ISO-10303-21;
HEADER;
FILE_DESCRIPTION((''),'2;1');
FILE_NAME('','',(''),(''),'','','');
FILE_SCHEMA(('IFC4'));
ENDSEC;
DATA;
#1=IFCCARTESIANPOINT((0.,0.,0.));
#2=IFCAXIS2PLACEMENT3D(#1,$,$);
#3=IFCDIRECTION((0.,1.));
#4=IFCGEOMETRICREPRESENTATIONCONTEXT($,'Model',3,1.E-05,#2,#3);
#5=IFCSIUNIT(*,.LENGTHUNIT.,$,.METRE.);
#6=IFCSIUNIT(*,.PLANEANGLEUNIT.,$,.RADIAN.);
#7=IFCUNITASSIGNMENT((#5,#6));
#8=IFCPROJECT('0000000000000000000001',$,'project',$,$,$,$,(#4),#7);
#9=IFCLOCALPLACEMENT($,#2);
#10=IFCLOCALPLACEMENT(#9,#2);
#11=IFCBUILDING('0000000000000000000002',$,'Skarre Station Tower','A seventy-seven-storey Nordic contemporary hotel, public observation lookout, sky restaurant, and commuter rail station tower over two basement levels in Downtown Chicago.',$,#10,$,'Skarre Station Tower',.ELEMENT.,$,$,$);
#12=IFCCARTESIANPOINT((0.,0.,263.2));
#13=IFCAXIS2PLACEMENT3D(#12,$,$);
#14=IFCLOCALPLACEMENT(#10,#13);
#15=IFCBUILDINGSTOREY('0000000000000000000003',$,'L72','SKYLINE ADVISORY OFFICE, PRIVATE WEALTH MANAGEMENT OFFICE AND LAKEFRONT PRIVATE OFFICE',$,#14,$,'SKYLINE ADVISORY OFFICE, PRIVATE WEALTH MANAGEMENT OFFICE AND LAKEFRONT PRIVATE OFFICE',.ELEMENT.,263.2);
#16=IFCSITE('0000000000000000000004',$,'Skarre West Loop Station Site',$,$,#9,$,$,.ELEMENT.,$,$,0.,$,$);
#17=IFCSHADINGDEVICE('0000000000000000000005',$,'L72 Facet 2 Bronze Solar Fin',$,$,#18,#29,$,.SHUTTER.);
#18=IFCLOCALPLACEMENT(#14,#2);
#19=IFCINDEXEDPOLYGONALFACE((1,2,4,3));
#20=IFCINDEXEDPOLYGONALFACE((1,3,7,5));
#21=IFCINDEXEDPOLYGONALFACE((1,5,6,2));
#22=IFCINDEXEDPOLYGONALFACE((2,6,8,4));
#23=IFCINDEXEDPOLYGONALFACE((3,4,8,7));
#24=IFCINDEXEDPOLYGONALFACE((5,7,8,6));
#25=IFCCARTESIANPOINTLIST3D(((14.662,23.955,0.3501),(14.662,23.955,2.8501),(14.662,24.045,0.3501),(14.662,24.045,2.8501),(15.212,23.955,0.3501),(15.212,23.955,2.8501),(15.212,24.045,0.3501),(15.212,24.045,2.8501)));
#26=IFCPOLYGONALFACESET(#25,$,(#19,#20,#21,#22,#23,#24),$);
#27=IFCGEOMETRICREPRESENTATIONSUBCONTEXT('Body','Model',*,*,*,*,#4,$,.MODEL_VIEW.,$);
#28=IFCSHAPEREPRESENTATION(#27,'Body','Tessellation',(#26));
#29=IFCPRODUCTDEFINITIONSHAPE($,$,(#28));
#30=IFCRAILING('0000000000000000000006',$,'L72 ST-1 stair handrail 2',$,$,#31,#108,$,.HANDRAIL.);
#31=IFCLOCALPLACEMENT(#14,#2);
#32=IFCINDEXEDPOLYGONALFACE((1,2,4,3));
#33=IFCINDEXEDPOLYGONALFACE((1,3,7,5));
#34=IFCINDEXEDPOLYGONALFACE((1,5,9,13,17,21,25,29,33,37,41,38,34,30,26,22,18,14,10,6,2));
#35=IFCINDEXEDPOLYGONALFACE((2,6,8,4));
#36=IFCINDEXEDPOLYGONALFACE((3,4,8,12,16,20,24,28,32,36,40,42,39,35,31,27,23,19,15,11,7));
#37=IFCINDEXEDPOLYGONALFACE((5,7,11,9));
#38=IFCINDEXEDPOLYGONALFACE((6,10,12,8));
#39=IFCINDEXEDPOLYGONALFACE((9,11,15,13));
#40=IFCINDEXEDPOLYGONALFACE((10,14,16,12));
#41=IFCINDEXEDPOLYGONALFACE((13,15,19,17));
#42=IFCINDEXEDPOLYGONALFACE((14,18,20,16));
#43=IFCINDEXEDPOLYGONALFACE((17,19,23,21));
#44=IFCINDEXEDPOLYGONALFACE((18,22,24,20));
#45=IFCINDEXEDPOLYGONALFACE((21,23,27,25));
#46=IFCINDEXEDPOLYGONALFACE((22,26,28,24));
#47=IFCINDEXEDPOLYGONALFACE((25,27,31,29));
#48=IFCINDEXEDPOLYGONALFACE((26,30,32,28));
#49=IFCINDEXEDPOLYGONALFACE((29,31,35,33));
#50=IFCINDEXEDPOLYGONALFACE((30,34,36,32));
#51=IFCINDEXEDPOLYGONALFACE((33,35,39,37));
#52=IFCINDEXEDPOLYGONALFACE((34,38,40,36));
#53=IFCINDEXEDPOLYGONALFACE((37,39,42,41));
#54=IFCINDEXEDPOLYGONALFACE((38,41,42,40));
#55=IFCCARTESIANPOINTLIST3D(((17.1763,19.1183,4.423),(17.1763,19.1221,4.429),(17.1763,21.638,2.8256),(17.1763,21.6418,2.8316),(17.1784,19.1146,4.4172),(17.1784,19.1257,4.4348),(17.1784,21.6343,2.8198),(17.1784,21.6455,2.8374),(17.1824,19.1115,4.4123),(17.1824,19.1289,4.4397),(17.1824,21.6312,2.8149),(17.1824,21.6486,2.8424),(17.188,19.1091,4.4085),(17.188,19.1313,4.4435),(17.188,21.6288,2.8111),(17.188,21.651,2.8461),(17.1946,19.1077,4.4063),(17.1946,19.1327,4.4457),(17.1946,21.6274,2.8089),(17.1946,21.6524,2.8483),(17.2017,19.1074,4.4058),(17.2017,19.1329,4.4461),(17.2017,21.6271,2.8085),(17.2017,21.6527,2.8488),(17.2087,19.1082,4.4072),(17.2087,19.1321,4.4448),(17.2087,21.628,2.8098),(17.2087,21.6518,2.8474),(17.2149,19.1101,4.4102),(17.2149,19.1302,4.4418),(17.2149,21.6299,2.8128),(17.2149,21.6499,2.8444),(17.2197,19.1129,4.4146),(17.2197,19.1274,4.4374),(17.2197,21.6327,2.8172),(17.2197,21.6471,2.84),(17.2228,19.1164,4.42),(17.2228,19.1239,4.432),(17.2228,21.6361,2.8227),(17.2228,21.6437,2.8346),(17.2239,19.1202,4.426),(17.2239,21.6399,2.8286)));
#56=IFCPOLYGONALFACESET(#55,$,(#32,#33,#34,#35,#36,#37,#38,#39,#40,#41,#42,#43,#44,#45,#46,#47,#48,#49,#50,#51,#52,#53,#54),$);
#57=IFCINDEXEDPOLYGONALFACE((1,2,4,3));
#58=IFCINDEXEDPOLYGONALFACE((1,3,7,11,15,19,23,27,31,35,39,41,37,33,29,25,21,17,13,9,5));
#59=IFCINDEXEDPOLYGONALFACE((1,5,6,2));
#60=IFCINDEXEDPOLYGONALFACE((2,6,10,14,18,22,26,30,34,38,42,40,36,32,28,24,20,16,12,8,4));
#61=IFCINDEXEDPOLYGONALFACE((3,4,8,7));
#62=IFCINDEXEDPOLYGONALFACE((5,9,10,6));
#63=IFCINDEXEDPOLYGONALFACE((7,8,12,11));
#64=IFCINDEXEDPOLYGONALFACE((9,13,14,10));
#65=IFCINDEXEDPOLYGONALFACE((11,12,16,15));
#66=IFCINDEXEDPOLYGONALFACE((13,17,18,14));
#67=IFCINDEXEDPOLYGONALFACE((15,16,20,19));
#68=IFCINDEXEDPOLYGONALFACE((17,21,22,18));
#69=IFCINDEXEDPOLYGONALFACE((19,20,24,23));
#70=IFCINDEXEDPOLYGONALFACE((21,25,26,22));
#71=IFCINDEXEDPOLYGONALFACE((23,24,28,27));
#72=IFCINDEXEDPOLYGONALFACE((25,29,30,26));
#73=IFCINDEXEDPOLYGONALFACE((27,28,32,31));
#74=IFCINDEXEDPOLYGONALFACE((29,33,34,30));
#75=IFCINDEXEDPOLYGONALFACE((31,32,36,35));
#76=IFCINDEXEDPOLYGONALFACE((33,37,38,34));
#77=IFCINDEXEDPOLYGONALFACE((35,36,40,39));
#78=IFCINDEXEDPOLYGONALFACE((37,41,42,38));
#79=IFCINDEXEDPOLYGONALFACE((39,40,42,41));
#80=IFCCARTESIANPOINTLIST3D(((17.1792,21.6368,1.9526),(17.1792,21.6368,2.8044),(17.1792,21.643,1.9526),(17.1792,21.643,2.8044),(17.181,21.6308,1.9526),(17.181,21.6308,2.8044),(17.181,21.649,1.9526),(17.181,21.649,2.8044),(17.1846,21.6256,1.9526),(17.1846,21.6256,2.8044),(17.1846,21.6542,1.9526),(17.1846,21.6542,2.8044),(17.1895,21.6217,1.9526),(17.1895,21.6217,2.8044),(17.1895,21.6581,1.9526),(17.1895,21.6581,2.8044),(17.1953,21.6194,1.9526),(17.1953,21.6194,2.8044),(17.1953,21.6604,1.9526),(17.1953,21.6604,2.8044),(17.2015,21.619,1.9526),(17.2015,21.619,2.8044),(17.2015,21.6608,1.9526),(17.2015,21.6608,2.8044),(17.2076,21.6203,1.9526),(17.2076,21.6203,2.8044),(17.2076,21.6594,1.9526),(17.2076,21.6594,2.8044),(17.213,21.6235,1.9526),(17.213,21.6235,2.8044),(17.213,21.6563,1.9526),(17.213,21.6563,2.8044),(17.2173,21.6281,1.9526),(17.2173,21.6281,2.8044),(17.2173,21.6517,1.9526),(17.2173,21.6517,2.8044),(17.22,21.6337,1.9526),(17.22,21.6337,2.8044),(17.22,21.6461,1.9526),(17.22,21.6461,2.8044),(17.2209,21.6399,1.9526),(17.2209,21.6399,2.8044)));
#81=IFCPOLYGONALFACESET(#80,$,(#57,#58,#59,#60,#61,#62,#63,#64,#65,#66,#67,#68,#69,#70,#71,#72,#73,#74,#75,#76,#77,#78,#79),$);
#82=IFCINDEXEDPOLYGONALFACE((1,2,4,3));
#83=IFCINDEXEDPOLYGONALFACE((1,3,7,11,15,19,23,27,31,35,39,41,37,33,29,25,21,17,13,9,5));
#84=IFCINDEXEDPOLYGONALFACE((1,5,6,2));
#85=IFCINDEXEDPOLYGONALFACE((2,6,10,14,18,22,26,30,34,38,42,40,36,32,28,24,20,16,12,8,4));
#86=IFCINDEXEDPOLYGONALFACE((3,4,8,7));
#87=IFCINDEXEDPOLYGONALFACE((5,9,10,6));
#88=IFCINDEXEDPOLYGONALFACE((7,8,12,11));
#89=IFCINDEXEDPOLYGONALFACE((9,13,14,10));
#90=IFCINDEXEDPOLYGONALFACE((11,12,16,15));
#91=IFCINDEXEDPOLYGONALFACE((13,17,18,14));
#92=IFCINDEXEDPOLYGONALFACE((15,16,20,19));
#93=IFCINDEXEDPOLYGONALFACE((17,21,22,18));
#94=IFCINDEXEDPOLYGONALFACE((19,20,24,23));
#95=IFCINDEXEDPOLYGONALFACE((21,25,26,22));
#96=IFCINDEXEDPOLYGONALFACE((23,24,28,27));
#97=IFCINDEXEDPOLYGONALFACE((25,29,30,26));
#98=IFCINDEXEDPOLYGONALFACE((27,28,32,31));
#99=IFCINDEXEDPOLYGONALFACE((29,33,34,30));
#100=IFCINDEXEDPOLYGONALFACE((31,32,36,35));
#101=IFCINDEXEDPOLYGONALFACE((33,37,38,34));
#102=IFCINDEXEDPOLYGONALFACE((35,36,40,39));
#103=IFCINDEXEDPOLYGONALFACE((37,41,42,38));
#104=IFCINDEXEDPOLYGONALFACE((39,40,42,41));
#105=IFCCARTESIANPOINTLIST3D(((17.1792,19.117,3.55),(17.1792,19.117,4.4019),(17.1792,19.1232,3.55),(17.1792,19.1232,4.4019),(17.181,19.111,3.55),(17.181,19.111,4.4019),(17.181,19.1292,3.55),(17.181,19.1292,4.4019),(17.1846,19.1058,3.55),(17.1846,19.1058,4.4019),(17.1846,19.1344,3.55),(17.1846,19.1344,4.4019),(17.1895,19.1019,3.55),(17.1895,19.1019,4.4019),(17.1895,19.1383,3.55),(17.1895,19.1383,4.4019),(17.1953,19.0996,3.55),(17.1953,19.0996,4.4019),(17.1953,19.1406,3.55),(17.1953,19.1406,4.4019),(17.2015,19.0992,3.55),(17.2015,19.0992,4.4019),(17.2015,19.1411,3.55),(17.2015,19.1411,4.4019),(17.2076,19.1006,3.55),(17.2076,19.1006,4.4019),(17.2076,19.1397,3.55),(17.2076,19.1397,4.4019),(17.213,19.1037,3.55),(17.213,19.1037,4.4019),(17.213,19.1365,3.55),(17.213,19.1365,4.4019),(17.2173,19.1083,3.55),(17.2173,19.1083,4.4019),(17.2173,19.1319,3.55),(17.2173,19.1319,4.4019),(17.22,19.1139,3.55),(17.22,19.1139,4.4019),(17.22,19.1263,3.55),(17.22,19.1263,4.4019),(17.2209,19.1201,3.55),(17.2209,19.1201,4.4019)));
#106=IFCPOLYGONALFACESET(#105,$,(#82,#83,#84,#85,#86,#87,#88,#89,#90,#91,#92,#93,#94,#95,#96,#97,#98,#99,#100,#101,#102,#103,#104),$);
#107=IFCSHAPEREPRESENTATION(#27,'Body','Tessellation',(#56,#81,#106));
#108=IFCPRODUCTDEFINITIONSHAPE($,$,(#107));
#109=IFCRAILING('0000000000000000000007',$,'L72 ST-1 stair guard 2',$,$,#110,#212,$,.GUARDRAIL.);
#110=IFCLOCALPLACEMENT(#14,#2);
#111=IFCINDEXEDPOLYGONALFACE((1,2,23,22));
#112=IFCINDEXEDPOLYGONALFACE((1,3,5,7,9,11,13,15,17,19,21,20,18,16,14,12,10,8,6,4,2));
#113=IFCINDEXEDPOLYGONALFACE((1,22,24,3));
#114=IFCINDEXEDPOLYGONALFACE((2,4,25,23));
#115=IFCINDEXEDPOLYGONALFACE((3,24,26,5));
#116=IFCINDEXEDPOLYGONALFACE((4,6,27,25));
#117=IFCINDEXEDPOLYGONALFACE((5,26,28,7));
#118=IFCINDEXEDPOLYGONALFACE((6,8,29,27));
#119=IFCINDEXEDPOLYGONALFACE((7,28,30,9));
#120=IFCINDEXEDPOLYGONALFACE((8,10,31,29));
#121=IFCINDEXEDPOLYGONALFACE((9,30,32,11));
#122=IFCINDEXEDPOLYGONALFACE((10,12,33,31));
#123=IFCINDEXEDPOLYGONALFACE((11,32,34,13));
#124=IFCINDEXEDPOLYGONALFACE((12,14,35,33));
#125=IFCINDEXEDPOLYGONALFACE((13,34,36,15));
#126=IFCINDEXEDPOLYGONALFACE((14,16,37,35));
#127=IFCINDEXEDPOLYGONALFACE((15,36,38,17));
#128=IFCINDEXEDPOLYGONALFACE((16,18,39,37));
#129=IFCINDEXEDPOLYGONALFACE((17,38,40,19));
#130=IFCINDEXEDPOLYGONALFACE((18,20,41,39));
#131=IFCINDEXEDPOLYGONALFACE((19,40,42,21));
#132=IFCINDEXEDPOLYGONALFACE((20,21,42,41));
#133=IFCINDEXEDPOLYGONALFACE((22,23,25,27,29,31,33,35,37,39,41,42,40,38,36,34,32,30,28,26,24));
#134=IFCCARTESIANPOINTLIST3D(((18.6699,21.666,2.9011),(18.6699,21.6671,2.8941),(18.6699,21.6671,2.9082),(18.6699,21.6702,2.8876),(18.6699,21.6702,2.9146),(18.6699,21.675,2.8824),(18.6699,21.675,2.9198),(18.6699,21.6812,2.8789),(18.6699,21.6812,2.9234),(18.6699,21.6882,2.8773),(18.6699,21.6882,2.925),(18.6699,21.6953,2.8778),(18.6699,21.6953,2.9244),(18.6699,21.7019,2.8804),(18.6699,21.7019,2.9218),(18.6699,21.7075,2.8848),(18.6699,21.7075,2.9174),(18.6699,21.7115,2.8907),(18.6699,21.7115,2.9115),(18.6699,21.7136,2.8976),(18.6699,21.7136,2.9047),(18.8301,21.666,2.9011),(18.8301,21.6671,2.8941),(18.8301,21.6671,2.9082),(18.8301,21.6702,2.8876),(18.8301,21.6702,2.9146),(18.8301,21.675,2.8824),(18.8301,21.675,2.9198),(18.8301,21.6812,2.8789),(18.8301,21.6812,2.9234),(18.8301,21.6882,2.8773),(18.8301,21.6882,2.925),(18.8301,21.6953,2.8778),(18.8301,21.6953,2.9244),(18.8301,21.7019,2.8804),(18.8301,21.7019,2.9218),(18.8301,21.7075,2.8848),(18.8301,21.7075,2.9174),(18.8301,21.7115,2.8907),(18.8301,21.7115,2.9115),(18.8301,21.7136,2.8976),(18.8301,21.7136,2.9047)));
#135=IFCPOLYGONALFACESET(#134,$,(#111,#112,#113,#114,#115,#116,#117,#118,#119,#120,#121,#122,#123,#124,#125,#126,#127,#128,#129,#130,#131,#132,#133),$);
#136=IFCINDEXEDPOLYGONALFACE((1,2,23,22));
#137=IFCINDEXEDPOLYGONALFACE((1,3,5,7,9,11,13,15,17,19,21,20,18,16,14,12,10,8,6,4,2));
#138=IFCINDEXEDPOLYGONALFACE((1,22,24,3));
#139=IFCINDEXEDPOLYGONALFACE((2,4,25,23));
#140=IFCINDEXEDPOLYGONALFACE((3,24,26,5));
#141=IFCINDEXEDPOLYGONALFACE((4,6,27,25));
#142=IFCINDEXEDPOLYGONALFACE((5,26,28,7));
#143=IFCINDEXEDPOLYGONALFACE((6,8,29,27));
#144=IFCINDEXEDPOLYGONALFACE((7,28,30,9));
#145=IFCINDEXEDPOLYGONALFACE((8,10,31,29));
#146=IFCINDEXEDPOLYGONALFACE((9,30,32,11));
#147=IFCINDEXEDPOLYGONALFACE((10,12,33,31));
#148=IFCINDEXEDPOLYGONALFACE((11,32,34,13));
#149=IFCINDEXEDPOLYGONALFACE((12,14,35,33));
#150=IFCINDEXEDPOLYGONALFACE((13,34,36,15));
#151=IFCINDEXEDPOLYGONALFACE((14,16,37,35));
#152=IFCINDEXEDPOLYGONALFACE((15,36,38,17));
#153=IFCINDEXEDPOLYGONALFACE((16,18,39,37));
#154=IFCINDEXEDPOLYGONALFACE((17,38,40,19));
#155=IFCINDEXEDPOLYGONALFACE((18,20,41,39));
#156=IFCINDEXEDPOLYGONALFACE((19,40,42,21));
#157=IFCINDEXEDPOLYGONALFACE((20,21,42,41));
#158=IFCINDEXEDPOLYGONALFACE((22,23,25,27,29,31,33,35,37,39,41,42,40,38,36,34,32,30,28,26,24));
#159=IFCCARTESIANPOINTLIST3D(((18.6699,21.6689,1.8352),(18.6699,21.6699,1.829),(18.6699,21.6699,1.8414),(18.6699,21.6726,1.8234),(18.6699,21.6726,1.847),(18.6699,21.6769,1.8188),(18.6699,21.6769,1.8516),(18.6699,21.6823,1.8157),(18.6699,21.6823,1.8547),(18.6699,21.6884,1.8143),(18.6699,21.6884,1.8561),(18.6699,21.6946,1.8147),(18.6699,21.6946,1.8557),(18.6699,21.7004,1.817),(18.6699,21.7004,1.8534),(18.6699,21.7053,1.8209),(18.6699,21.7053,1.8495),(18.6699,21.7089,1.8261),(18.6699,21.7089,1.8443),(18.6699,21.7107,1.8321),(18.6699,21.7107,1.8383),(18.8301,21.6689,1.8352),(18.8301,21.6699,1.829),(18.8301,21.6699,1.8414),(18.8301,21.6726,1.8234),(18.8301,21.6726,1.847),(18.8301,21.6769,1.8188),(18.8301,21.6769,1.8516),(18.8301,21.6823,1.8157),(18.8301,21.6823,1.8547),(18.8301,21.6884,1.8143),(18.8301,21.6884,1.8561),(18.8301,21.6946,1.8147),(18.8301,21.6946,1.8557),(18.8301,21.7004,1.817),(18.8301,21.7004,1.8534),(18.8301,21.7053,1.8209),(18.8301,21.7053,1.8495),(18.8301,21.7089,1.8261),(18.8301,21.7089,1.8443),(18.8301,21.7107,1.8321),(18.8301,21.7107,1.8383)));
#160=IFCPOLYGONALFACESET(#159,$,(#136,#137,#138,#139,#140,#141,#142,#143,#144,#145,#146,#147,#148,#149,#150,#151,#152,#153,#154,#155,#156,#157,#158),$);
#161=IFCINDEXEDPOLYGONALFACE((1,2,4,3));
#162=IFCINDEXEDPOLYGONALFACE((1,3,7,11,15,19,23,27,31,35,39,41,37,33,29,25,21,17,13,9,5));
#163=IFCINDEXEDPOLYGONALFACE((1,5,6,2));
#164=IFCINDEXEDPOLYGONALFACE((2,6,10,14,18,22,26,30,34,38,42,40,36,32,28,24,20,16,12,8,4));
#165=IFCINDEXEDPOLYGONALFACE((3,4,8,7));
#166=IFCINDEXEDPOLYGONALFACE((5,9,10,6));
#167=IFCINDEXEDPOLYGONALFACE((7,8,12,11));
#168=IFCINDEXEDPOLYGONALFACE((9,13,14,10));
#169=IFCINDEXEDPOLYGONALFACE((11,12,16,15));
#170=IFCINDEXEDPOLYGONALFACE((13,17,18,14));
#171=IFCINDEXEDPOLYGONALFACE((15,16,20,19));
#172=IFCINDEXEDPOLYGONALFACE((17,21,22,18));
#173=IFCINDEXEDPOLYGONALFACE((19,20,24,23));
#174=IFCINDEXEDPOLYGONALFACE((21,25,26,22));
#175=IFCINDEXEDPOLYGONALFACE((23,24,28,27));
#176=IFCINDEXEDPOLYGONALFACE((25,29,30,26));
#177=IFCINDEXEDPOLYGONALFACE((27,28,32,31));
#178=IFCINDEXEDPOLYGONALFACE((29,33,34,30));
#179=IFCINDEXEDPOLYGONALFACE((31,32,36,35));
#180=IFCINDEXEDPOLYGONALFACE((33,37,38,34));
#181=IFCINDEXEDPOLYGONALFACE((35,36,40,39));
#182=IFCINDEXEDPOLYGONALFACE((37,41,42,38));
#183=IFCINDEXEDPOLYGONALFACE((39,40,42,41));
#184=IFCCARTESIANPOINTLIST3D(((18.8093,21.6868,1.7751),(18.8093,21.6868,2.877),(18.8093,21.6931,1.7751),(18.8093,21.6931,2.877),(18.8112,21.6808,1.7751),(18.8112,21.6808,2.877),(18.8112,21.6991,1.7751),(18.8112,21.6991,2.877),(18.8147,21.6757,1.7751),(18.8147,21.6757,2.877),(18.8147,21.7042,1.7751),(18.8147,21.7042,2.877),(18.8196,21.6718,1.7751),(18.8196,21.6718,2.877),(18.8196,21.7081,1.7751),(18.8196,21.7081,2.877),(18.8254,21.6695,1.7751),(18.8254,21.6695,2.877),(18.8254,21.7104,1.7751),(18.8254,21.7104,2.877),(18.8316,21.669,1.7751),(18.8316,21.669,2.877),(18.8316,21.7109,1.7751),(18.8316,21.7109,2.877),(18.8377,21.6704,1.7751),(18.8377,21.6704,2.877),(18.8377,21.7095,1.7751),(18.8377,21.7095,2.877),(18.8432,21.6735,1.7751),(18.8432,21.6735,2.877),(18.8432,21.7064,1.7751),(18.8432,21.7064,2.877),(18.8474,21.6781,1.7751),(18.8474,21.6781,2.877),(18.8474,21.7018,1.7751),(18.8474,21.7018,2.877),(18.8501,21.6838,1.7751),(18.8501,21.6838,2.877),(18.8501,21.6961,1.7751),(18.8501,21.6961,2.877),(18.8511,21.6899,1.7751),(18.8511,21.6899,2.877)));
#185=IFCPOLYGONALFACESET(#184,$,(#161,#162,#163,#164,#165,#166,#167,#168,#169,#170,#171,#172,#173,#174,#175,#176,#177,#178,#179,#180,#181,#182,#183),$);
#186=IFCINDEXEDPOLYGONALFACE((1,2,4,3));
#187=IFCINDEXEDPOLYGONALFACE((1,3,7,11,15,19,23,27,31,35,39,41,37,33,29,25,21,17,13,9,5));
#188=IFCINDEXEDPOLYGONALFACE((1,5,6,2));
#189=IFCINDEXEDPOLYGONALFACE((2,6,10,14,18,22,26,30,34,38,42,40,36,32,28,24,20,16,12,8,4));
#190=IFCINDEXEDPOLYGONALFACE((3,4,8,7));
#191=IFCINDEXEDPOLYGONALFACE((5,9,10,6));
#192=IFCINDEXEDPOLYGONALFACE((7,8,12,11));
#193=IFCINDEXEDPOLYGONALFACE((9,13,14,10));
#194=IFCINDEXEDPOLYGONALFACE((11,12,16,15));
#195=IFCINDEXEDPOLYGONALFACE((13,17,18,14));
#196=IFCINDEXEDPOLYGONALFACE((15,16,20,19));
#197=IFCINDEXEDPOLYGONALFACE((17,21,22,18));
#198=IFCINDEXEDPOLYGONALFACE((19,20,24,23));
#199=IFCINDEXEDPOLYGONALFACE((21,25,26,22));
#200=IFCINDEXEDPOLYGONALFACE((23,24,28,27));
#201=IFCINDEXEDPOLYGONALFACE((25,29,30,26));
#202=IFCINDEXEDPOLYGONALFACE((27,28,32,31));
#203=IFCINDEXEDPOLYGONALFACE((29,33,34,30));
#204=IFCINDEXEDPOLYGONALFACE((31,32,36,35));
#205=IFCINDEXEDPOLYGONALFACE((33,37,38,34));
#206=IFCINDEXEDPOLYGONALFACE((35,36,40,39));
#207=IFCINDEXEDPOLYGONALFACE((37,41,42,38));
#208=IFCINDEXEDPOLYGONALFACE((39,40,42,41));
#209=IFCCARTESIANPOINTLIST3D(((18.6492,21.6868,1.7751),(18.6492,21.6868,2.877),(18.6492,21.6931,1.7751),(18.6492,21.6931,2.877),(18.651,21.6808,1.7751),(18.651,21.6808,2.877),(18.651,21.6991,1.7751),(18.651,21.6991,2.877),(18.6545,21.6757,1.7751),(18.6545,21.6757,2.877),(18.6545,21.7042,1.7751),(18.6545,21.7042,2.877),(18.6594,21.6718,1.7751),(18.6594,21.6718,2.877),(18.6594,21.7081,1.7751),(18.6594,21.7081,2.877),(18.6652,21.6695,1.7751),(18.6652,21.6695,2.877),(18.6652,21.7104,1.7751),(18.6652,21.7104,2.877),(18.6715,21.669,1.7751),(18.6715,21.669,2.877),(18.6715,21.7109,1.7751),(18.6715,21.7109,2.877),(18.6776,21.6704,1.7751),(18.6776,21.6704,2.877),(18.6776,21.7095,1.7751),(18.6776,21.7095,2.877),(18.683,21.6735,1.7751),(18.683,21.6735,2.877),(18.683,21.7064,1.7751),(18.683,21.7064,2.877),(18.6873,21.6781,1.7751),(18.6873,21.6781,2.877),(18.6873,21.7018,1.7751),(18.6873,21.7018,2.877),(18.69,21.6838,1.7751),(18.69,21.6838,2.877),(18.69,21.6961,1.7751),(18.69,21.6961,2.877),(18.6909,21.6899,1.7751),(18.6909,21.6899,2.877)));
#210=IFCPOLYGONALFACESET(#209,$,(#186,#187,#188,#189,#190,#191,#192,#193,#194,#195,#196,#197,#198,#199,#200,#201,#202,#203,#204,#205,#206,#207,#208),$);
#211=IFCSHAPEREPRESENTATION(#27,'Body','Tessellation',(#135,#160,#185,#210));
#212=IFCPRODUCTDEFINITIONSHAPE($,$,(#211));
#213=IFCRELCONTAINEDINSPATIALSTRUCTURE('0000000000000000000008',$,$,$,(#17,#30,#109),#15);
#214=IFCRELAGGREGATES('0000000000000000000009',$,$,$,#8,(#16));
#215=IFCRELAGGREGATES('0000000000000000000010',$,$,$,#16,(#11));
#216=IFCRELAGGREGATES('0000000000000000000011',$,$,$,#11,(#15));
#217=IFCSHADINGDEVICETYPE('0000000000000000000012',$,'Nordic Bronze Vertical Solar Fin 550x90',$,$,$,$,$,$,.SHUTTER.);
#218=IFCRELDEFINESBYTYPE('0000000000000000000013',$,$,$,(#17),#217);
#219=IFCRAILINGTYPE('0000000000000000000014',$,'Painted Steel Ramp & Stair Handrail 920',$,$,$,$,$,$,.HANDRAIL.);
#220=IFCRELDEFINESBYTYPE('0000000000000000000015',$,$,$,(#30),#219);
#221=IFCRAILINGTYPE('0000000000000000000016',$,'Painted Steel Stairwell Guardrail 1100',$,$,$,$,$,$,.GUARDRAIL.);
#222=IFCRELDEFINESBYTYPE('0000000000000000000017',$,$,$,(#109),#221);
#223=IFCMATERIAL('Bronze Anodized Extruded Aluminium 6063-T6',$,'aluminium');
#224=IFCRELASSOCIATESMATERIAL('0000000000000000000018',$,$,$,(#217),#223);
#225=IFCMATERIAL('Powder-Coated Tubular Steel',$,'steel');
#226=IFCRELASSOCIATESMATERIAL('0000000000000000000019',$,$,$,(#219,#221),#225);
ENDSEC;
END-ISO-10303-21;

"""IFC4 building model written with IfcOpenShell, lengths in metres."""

from ifc_helpers import new_model, si_unit, direction, frame, origin, origin_2d, place, context, subcontext, project, spatial, rectangle, circle, extrude, material, type_object, element, save


model = new_model("IFC4")

# Units and contexts
model_context = context("Model", 3, precision=1e-05, world=origin(), true_north=direction((0.0, 1.0)))
body_context = subcontext(model_context, "Body", "Model", "MODEL_VIEW")
ifc_project = project(units=[si_unit("LENGTHUNIT", "METRE"), si_unit("PLANEANGLEUNIT", "RADIAN")], contexts=[model_context])

# Site, building, storey
site_placement = place(None, origin())
site = spatial("IfcSite", under=ifc_project, at=site_placement, Name="Skarre West Loop Station Site", CompositionType="ELEMENT", RefElevation=0.0)
building_placement = place(site_placement, origin())
building = spatial("IfcBuilding", under=site, at=building_placement, Name="Skarre Station Tower", Description="A seventy-seven-storey Nordic contemporary hotel, public observation lookout, sky restaurant, and commuter rail station tower over two basement levels in Downtown Chicago.", LongName="Skarre Station Tower", CompositionType="ELEMENT")
storey_placement = place(building_placement, frame((0.0, 0.0, 263.2)))
storey = spatial("IfcBuildingStorey", under=building, at=storey_placement, Name="L72", Description="SKYLINE ADVISORY OFFICE, PRIVATE WEALTH MANAGEMENT OFFICE AND LAKEFRONT PRIVATE OFFICE", LongName="SKYLINE ADVISORY OFFICE, PRIVATE WEALTH MANAGEMENT OFFICE AND LAKEFRONT PRIVATE OFFICE", CompositionType="ELEMENT", Elevation=263.2)

# Shading device
ifc_material_1 = material(Name="Bronze Anodized Extruded Aluminium 6063-T6", Category="aluminium")
shading_device_type = type_object("IfcShadingDeviceType", Name="Nordic Bronze Vertical Solar Fin 550x90", PredefinedType="SHUTTER", material=ifc_material_1)
shading_device_placement = place(storey_placement, frame((14.937, 24.0, 0.3501), z_axis=(0.0, 0.0, 1.0), x_axis=(-1.0, 0.0, 0.0)))
element("IfcShadingDevice", 1, at=shading_device_placement, inside=storey, type_object=shading_device_type, Name="L72 Facet 2 Bronze Solar Fin", PredefinedType="SHUTTER", context=body_context, shape_type="SweptSolid", body=[
    extrude(rectangle(XDim=0.55, YDim=0.0901, at=origin_2d()), origin(), (0.0, 0.0, 1.0), 2.5),
])

# Railings
ifc_material_2 = material(Name="Powder-Coated Tubular Steel", Category="steel")
railing_type_1 = type_object("IfcRailingType", Name="Painted Steel Ramp & Stair Handrail 920", PredefinedType="HANDRAIL", material=ifc_material_2)
railing_1_placement = place(storey_placement, frame((17.2, 21.6399, 1.9526)))
element("IfcRailing", 2, at=railing_1_placement, inside=storey, type_object=railing_type_1, Name="L72 ST-1 stair handrail 2", PredefinedType="HANDRAIL", context=body_context, shape_type="SweptSolid", body=[
    extrude(circle(Radius=0.0239, at=origin_2d()), frame((0.0, 0.0, 0.876), z_axis=(0.0, -0.844583, 0.535424), x_axis=(1.0, 0.0, 0.0)), (0.0, 0.0, 1.0), 2.9834),
    extrude(circle(Radius=0.021, at=origin_2d()), origin(), (0.0, 0.0, 1.0), 0.8518),
    extrude(circle(Radius=0.021, at=origin_2d()), frame((0.0, -2.5198, 1.5974)), (0.0, 0.0, 1.0), 0.8518),
])
railing_type_2 = type_object("IfcRailingType", Name="Painted Steel Stairwell Guardrail 1100", PredefinedType="GUARDRAIL", material=ifc_material_2)
railing_2_placement = place(storey_placement, frame((18.8301, 21.6899, 1.7751)))
element("IfcRailing", 3, at=railing_2_placement, inside=storey, type_object=railing_type_2, Name="L72 ST-1 stair guard 2", PredefinedType="GUARDRAIL", context=body_context, shape_type="SweptSolid", body=[
    extrude(circle(Radius=0.0239, at=origin_2d()), frame((0.0, 0.0, 1.126), z_axis=(-1.0, 0.0, 0.0), x_axis=(0.0, -1.0, 0.0)), (0.0, 0.0, 1.0), 0.1602),
    extrude(circle(Radius=0.021, at=origin_2d()), frame((0.0, 0.0, 0.0601), z_axis=(-1.0, 0.0, 0.0), x_axis=(0.0, -1.0, 0.0)), (0.0, 0.0, 1.0), 0.1602),
    extrude(circle(Radius=0.021, at=origin_2d()), origin(), (0.0, 0.0, 1.0), 1.1018),
    extrude(circle(Radius=0.021, at=origin_2d()), frame((-0.1602, 0.0, 0.0)), (0.0, 0.0, 1.0), 1.1018),
])

save(model, "model.ifc")
